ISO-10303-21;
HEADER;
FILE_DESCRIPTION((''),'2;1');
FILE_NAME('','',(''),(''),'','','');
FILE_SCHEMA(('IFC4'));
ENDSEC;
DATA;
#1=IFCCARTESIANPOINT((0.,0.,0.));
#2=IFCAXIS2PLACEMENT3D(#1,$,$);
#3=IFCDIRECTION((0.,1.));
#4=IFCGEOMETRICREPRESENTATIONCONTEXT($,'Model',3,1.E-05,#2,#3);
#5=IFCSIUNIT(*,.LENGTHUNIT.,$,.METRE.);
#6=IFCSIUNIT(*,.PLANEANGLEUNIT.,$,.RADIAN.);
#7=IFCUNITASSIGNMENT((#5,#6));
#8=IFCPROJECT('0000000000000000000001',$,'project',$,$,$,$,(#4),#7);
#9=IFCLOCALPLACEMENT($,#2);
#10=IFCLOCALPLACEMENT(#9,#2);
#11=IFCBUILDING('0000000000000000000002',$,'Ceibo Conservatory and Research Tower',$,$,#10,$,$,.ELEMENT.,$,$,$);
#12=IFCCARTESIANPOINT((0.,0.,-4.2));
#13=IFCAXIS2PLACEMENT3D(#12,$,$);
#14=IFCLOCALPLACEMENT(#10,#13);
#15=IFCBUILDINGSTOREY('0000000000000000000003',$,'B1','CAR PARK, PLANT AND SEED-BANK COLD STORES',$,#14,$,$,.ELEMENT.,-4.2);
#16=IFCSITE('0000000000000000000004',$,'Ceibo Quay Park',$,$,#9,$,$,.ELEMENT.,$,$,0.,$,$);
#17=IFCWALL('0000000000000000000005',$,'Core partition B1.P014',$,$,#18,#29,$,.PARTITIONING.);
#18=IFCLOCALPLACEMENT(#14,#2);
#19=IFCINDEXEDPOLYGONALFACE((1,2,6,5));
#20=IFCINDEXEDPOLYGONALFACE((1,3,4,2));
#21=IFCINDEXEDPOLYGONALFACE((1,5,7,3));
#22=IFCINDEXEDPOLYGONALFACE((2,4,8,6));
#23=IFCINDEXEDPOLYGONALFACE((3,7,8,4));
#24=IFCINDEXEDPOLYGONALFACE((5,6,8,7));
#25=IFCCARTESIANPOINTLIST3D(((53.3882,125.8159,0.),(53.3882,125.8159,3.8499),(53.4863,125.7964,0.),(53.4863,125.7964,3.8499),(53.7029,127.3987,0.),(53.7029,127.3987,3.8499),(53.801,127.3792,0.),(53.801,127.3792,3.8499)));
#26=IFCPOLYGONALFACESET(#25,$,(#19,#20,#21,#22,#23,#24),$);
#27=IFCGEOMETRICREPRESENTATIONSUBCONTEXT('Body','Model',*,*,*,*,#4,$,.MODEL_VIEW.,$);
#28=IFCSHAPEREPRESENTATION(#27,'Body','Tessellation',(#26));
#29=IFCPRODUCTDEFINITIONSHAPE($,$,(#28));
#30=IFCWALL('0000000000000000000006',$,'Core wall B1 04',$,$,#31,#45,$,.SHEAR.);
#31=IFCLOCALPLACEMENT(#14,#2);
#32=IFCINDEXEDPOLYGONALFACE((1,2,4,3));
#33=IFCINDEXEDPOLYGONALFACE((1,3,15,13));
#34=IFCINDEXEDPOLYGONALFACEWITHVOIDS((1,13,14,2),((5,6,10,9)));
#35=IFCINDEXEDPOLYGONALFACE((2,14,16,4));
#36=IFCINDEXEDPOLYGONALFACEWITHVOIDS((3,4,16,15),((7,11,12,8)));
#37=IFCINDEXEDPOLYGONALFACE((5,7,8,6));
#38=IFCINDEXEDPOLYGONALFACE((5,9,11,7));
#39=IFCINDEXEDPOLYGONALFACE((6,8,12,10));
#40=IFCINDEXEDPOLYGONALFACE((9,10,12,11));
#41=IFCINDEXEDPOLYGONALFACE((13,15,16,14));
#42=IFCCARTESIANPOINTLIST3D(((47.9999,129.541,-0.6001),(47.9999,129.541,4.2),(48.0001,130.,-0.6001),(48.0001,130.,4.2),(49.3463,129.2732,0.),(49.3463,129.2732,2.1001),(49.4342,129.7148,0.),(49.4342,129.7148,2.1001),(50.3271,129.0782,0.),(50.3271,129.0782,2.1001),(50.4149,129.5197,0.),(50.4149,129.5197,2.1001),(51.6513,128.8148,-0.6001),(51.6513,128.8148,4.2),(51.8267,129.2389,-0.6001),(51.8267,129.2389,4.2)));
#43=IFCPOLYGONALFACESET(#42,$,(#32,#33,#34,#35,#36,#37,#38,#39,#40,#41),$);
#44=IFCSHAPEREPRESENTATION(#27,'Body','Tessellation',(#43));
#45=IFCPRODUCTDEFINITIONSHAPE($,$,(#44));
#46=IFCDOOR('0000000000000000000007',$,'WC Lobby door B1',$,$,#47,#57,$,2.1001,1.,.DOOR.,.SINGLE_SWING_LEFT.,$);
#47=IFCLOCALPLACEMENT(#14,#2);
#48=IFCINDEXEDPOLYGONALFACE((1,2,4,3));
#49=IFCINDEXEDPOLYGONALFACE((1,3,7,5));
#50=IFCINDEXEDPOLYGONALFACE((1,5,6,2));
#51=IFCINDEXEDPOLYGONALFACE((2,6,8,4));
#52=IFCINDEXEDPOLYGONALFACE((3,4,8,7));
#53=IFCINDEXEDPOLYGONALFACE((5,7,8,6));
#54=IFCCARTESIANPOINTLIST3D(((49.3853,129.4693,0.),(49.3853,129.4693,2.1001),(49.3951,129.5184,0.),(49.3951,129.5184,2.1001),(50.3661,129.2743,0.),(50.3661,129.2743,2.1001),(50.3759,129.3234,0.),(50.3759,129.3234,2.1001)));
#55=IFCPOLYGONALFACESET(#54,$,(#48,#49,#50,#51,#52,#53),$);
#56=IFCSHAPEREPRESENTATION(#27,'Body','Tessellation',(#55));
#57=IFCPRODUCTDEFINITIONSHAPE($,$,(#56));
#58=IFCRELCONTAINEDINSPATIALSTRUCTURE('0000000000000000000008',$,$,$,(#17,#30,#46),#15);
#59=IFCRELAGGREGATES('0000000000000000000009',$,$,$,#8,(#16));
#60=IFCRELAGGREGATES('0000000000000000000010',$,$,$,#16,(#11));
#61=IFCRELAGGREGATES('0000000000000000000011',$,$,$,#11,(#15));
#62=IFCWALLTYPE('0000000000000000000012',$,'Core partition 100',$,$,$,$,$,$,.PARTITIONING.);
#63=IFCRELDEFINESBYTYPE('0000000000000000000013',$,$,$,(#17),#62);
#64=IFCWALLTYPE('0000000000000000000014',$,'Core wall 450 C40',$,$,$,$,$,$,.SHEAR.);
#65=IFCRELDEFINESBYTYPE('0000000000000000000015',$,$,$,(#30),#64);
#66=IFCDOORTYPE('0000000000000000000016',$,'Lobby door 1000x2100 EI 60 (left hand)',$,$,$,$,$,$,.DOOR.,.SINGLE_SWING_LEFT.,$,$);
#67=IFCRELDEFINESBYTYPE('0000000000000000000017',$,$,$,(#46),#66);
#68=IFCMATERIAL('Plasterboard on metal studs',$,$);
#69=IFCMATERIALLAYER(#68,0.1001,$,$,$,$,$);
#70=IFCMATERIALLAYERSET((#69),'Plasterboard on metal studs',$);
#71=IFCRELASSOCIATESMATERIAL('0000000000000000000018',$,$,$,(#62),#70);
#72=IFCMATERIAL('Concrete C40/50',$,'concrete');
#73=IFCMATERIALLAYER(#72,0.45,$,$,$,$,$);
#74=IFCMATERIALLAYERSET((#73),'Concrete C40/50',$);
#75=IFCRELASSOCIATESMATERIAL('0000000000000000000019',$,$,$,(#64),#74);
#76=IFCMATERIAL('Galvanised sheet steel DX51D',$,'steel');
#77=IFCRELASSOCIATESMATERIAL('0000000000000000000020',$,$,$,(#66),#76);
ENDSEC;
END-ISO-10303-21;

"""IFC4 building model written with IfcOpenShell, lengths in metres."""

from ifc_helpers import new_model, si_unit, direction, frame, frame_2d, origin, place, context, subcontext, project, spatial, polyline, rectangle, outline, extrude, material, layer, layer_set, type_object, element, fill, save


model = new_model("IFC4")

# Units and contexts
model_context = context("Model", 3, precision=1e-05, world=origin(), true_north=direction((0.0, 1.0)))
body_context = subcontext(model_context, "Body", "Model", "MODEL_VIEW")
ifc_project = project(units=[si_unit("LENGTHUNIT", "METRE"), si_unit("PLANEANGLEUNIT", "RADIAN")], contexts=[model_context])

# Site, building, storey
site_placement = place(None, origin())
site = spatial("IfcSite", under=ifc_project, at=site_placement, Name="Ceibo Quay Park", CompositionType="ELEMENT", RefElevation=0.0)
building_placement = place(site_placement, origin())
building = spatial("IfcBuilding", under=site, at=building_placement, Name="Ceibo Conservatory and Research Tower", CompositionType="ELEMENT")
storey_placement = place(building_placement, frame((0.0, 0.0, -4.2)))
storey = spatial("IfcBuildingStorey", under=building, at=storey_placement, Name="B1", Description="CAR PARK, PLANT AND SEED-BANK COLD STORES", CompositionType="ELEMENT", Elevation=-4.2)

# Shared definitions
ifc_material_1 = material(Name="Concrete C40/50", Category="concrete")

# Shared definitions
ifc_material_2 = material(Name="Plasterboard on metal studs")
ifc_layer_1 = layer(ifc_material_2, 0.1001)
ifc_layer_set_1 = layer_set([ifc_layer_1], Name="Plasterboard on metal studs")
wall_type_1 = type_object("IfcWallType", Name="Core partition 100", PredefinedType="PARTITIONING", material=ifc_layer_set_1)

# Wall
wall_1_placement = place(storey_placement, frame((53.752, 127.3889, 0.0), z_axis=(0.0, 0.0, 1.0), x_axis=(-0.19501, -0.980801, 0.0)))
element("IfcWall", 1, at=wall_1_placement, inside=storey, type_object=wall_type_1, Name="Core partition B1.P014", PredefinedType="PARTITIONING", context=body_context, shape_type="SweptSolid", body=[
    extrude(rectangle(XDim=1.6138, YDim=0.1001, at=frame_2d((0.8069, 0.0))), origin(), (0.0, 0.0, 1.0), 3.8499),
])

# Wall, opening, door
ifc_layer_2 = layer(ifc_material_1, 0.45)
ifc_layer_set_2 = layer_set([ifc_layer_2], Name="Concrete C40/50")
wall_type_2 = type_object("IfcWallType", Name="Core wall 450 C40", PredefinedType="SHEAR", material=ifc_layer_set_2)
wall_2_placement = place(storey_placement, frame((51.739, 129.0269, -0.6001), z_axis=(0.0, 0.0, 1.0), x_axis=(-0.980789, 0.195069, 0.0)))
wall_2 = element("IfcWall", 2, at=wall_2_placement, inside=storey, type_object=wall_type_2, Name="Core wall B1 04", PredefinedType="SHEAR", context=body_context, shape_type="SweptSolid", body=[
    extrude(outline(polyline([(-0.0447, -0.2251), (3.8569, -0.2251), (3.7676, 0.2251), (0.0447, 0.2251), (-0.0447, -0.2251)])), origin(), (0.0, 0.0, 1.0), 4.8),
])
opening_1_placement = place(wall_2_placement, frame((1.3948, 0.0, 0.6001)))
opening_1 = element("IfcOpeningElement", 3, at=opening_1_placement, cuts=wall_2, PredefinedType="OPENING", context=body_context, shape_type="SweptSolid", body=[
    extrude(rectangle(XDim=1.0, YDim=2.1001, at=frame_2d((0.5, 1.05))), frame((0.0, 0.2349, 0.0), z_axis=(0.0, -1.0, 0.0), x_axis=(1.0, 0.0, 0.0)), (0.0, 0.0, 1.0), 0.47),
])
ifc_material_3 = material(Name="Galvanised sheet steel DX51D", Category="steel")
door_type_1 = type_object("IfcDoorType", Name="Lobby door 1000x2100 EI 60 (left hand)", OperationType="SINGLE_SWING_LEFT", PredefinedType="DOOR", material=ifc_material_3)
door_1_placement = place(opening_1_placement, frame((1.0, 0.0, 0.0), z_axis=(0.0, 0.0, 1.0), x_axis=(-1.0, 0.0, 0.0)))
door_1 = element("IfcDoor", 4, at=door_1_placement, inside=storey, type_object=door_type_1, Name="WC Lobby door B1", OperationType="SINGLE_SWING_LEFT", OverallHeight=2.1001, OverallWidth=1.0, PredefinedType="DOOR", context=body_context, shape_type="SweptSolid", body=[
    extrude(rectangle(XDim=1.0, YDim=2.1001, at=frame_2d((0.5, 1.05))), frame((0.0, 0.0249, 0.0), z_axis=(0.0, -1.0, 0.0), x_axis=(1.0, 0.0, 0.0)), (0.0, 0.0, 1.0), 0.05),
])
fill(opening_1, door_1)

save(model, "model.ifc")
